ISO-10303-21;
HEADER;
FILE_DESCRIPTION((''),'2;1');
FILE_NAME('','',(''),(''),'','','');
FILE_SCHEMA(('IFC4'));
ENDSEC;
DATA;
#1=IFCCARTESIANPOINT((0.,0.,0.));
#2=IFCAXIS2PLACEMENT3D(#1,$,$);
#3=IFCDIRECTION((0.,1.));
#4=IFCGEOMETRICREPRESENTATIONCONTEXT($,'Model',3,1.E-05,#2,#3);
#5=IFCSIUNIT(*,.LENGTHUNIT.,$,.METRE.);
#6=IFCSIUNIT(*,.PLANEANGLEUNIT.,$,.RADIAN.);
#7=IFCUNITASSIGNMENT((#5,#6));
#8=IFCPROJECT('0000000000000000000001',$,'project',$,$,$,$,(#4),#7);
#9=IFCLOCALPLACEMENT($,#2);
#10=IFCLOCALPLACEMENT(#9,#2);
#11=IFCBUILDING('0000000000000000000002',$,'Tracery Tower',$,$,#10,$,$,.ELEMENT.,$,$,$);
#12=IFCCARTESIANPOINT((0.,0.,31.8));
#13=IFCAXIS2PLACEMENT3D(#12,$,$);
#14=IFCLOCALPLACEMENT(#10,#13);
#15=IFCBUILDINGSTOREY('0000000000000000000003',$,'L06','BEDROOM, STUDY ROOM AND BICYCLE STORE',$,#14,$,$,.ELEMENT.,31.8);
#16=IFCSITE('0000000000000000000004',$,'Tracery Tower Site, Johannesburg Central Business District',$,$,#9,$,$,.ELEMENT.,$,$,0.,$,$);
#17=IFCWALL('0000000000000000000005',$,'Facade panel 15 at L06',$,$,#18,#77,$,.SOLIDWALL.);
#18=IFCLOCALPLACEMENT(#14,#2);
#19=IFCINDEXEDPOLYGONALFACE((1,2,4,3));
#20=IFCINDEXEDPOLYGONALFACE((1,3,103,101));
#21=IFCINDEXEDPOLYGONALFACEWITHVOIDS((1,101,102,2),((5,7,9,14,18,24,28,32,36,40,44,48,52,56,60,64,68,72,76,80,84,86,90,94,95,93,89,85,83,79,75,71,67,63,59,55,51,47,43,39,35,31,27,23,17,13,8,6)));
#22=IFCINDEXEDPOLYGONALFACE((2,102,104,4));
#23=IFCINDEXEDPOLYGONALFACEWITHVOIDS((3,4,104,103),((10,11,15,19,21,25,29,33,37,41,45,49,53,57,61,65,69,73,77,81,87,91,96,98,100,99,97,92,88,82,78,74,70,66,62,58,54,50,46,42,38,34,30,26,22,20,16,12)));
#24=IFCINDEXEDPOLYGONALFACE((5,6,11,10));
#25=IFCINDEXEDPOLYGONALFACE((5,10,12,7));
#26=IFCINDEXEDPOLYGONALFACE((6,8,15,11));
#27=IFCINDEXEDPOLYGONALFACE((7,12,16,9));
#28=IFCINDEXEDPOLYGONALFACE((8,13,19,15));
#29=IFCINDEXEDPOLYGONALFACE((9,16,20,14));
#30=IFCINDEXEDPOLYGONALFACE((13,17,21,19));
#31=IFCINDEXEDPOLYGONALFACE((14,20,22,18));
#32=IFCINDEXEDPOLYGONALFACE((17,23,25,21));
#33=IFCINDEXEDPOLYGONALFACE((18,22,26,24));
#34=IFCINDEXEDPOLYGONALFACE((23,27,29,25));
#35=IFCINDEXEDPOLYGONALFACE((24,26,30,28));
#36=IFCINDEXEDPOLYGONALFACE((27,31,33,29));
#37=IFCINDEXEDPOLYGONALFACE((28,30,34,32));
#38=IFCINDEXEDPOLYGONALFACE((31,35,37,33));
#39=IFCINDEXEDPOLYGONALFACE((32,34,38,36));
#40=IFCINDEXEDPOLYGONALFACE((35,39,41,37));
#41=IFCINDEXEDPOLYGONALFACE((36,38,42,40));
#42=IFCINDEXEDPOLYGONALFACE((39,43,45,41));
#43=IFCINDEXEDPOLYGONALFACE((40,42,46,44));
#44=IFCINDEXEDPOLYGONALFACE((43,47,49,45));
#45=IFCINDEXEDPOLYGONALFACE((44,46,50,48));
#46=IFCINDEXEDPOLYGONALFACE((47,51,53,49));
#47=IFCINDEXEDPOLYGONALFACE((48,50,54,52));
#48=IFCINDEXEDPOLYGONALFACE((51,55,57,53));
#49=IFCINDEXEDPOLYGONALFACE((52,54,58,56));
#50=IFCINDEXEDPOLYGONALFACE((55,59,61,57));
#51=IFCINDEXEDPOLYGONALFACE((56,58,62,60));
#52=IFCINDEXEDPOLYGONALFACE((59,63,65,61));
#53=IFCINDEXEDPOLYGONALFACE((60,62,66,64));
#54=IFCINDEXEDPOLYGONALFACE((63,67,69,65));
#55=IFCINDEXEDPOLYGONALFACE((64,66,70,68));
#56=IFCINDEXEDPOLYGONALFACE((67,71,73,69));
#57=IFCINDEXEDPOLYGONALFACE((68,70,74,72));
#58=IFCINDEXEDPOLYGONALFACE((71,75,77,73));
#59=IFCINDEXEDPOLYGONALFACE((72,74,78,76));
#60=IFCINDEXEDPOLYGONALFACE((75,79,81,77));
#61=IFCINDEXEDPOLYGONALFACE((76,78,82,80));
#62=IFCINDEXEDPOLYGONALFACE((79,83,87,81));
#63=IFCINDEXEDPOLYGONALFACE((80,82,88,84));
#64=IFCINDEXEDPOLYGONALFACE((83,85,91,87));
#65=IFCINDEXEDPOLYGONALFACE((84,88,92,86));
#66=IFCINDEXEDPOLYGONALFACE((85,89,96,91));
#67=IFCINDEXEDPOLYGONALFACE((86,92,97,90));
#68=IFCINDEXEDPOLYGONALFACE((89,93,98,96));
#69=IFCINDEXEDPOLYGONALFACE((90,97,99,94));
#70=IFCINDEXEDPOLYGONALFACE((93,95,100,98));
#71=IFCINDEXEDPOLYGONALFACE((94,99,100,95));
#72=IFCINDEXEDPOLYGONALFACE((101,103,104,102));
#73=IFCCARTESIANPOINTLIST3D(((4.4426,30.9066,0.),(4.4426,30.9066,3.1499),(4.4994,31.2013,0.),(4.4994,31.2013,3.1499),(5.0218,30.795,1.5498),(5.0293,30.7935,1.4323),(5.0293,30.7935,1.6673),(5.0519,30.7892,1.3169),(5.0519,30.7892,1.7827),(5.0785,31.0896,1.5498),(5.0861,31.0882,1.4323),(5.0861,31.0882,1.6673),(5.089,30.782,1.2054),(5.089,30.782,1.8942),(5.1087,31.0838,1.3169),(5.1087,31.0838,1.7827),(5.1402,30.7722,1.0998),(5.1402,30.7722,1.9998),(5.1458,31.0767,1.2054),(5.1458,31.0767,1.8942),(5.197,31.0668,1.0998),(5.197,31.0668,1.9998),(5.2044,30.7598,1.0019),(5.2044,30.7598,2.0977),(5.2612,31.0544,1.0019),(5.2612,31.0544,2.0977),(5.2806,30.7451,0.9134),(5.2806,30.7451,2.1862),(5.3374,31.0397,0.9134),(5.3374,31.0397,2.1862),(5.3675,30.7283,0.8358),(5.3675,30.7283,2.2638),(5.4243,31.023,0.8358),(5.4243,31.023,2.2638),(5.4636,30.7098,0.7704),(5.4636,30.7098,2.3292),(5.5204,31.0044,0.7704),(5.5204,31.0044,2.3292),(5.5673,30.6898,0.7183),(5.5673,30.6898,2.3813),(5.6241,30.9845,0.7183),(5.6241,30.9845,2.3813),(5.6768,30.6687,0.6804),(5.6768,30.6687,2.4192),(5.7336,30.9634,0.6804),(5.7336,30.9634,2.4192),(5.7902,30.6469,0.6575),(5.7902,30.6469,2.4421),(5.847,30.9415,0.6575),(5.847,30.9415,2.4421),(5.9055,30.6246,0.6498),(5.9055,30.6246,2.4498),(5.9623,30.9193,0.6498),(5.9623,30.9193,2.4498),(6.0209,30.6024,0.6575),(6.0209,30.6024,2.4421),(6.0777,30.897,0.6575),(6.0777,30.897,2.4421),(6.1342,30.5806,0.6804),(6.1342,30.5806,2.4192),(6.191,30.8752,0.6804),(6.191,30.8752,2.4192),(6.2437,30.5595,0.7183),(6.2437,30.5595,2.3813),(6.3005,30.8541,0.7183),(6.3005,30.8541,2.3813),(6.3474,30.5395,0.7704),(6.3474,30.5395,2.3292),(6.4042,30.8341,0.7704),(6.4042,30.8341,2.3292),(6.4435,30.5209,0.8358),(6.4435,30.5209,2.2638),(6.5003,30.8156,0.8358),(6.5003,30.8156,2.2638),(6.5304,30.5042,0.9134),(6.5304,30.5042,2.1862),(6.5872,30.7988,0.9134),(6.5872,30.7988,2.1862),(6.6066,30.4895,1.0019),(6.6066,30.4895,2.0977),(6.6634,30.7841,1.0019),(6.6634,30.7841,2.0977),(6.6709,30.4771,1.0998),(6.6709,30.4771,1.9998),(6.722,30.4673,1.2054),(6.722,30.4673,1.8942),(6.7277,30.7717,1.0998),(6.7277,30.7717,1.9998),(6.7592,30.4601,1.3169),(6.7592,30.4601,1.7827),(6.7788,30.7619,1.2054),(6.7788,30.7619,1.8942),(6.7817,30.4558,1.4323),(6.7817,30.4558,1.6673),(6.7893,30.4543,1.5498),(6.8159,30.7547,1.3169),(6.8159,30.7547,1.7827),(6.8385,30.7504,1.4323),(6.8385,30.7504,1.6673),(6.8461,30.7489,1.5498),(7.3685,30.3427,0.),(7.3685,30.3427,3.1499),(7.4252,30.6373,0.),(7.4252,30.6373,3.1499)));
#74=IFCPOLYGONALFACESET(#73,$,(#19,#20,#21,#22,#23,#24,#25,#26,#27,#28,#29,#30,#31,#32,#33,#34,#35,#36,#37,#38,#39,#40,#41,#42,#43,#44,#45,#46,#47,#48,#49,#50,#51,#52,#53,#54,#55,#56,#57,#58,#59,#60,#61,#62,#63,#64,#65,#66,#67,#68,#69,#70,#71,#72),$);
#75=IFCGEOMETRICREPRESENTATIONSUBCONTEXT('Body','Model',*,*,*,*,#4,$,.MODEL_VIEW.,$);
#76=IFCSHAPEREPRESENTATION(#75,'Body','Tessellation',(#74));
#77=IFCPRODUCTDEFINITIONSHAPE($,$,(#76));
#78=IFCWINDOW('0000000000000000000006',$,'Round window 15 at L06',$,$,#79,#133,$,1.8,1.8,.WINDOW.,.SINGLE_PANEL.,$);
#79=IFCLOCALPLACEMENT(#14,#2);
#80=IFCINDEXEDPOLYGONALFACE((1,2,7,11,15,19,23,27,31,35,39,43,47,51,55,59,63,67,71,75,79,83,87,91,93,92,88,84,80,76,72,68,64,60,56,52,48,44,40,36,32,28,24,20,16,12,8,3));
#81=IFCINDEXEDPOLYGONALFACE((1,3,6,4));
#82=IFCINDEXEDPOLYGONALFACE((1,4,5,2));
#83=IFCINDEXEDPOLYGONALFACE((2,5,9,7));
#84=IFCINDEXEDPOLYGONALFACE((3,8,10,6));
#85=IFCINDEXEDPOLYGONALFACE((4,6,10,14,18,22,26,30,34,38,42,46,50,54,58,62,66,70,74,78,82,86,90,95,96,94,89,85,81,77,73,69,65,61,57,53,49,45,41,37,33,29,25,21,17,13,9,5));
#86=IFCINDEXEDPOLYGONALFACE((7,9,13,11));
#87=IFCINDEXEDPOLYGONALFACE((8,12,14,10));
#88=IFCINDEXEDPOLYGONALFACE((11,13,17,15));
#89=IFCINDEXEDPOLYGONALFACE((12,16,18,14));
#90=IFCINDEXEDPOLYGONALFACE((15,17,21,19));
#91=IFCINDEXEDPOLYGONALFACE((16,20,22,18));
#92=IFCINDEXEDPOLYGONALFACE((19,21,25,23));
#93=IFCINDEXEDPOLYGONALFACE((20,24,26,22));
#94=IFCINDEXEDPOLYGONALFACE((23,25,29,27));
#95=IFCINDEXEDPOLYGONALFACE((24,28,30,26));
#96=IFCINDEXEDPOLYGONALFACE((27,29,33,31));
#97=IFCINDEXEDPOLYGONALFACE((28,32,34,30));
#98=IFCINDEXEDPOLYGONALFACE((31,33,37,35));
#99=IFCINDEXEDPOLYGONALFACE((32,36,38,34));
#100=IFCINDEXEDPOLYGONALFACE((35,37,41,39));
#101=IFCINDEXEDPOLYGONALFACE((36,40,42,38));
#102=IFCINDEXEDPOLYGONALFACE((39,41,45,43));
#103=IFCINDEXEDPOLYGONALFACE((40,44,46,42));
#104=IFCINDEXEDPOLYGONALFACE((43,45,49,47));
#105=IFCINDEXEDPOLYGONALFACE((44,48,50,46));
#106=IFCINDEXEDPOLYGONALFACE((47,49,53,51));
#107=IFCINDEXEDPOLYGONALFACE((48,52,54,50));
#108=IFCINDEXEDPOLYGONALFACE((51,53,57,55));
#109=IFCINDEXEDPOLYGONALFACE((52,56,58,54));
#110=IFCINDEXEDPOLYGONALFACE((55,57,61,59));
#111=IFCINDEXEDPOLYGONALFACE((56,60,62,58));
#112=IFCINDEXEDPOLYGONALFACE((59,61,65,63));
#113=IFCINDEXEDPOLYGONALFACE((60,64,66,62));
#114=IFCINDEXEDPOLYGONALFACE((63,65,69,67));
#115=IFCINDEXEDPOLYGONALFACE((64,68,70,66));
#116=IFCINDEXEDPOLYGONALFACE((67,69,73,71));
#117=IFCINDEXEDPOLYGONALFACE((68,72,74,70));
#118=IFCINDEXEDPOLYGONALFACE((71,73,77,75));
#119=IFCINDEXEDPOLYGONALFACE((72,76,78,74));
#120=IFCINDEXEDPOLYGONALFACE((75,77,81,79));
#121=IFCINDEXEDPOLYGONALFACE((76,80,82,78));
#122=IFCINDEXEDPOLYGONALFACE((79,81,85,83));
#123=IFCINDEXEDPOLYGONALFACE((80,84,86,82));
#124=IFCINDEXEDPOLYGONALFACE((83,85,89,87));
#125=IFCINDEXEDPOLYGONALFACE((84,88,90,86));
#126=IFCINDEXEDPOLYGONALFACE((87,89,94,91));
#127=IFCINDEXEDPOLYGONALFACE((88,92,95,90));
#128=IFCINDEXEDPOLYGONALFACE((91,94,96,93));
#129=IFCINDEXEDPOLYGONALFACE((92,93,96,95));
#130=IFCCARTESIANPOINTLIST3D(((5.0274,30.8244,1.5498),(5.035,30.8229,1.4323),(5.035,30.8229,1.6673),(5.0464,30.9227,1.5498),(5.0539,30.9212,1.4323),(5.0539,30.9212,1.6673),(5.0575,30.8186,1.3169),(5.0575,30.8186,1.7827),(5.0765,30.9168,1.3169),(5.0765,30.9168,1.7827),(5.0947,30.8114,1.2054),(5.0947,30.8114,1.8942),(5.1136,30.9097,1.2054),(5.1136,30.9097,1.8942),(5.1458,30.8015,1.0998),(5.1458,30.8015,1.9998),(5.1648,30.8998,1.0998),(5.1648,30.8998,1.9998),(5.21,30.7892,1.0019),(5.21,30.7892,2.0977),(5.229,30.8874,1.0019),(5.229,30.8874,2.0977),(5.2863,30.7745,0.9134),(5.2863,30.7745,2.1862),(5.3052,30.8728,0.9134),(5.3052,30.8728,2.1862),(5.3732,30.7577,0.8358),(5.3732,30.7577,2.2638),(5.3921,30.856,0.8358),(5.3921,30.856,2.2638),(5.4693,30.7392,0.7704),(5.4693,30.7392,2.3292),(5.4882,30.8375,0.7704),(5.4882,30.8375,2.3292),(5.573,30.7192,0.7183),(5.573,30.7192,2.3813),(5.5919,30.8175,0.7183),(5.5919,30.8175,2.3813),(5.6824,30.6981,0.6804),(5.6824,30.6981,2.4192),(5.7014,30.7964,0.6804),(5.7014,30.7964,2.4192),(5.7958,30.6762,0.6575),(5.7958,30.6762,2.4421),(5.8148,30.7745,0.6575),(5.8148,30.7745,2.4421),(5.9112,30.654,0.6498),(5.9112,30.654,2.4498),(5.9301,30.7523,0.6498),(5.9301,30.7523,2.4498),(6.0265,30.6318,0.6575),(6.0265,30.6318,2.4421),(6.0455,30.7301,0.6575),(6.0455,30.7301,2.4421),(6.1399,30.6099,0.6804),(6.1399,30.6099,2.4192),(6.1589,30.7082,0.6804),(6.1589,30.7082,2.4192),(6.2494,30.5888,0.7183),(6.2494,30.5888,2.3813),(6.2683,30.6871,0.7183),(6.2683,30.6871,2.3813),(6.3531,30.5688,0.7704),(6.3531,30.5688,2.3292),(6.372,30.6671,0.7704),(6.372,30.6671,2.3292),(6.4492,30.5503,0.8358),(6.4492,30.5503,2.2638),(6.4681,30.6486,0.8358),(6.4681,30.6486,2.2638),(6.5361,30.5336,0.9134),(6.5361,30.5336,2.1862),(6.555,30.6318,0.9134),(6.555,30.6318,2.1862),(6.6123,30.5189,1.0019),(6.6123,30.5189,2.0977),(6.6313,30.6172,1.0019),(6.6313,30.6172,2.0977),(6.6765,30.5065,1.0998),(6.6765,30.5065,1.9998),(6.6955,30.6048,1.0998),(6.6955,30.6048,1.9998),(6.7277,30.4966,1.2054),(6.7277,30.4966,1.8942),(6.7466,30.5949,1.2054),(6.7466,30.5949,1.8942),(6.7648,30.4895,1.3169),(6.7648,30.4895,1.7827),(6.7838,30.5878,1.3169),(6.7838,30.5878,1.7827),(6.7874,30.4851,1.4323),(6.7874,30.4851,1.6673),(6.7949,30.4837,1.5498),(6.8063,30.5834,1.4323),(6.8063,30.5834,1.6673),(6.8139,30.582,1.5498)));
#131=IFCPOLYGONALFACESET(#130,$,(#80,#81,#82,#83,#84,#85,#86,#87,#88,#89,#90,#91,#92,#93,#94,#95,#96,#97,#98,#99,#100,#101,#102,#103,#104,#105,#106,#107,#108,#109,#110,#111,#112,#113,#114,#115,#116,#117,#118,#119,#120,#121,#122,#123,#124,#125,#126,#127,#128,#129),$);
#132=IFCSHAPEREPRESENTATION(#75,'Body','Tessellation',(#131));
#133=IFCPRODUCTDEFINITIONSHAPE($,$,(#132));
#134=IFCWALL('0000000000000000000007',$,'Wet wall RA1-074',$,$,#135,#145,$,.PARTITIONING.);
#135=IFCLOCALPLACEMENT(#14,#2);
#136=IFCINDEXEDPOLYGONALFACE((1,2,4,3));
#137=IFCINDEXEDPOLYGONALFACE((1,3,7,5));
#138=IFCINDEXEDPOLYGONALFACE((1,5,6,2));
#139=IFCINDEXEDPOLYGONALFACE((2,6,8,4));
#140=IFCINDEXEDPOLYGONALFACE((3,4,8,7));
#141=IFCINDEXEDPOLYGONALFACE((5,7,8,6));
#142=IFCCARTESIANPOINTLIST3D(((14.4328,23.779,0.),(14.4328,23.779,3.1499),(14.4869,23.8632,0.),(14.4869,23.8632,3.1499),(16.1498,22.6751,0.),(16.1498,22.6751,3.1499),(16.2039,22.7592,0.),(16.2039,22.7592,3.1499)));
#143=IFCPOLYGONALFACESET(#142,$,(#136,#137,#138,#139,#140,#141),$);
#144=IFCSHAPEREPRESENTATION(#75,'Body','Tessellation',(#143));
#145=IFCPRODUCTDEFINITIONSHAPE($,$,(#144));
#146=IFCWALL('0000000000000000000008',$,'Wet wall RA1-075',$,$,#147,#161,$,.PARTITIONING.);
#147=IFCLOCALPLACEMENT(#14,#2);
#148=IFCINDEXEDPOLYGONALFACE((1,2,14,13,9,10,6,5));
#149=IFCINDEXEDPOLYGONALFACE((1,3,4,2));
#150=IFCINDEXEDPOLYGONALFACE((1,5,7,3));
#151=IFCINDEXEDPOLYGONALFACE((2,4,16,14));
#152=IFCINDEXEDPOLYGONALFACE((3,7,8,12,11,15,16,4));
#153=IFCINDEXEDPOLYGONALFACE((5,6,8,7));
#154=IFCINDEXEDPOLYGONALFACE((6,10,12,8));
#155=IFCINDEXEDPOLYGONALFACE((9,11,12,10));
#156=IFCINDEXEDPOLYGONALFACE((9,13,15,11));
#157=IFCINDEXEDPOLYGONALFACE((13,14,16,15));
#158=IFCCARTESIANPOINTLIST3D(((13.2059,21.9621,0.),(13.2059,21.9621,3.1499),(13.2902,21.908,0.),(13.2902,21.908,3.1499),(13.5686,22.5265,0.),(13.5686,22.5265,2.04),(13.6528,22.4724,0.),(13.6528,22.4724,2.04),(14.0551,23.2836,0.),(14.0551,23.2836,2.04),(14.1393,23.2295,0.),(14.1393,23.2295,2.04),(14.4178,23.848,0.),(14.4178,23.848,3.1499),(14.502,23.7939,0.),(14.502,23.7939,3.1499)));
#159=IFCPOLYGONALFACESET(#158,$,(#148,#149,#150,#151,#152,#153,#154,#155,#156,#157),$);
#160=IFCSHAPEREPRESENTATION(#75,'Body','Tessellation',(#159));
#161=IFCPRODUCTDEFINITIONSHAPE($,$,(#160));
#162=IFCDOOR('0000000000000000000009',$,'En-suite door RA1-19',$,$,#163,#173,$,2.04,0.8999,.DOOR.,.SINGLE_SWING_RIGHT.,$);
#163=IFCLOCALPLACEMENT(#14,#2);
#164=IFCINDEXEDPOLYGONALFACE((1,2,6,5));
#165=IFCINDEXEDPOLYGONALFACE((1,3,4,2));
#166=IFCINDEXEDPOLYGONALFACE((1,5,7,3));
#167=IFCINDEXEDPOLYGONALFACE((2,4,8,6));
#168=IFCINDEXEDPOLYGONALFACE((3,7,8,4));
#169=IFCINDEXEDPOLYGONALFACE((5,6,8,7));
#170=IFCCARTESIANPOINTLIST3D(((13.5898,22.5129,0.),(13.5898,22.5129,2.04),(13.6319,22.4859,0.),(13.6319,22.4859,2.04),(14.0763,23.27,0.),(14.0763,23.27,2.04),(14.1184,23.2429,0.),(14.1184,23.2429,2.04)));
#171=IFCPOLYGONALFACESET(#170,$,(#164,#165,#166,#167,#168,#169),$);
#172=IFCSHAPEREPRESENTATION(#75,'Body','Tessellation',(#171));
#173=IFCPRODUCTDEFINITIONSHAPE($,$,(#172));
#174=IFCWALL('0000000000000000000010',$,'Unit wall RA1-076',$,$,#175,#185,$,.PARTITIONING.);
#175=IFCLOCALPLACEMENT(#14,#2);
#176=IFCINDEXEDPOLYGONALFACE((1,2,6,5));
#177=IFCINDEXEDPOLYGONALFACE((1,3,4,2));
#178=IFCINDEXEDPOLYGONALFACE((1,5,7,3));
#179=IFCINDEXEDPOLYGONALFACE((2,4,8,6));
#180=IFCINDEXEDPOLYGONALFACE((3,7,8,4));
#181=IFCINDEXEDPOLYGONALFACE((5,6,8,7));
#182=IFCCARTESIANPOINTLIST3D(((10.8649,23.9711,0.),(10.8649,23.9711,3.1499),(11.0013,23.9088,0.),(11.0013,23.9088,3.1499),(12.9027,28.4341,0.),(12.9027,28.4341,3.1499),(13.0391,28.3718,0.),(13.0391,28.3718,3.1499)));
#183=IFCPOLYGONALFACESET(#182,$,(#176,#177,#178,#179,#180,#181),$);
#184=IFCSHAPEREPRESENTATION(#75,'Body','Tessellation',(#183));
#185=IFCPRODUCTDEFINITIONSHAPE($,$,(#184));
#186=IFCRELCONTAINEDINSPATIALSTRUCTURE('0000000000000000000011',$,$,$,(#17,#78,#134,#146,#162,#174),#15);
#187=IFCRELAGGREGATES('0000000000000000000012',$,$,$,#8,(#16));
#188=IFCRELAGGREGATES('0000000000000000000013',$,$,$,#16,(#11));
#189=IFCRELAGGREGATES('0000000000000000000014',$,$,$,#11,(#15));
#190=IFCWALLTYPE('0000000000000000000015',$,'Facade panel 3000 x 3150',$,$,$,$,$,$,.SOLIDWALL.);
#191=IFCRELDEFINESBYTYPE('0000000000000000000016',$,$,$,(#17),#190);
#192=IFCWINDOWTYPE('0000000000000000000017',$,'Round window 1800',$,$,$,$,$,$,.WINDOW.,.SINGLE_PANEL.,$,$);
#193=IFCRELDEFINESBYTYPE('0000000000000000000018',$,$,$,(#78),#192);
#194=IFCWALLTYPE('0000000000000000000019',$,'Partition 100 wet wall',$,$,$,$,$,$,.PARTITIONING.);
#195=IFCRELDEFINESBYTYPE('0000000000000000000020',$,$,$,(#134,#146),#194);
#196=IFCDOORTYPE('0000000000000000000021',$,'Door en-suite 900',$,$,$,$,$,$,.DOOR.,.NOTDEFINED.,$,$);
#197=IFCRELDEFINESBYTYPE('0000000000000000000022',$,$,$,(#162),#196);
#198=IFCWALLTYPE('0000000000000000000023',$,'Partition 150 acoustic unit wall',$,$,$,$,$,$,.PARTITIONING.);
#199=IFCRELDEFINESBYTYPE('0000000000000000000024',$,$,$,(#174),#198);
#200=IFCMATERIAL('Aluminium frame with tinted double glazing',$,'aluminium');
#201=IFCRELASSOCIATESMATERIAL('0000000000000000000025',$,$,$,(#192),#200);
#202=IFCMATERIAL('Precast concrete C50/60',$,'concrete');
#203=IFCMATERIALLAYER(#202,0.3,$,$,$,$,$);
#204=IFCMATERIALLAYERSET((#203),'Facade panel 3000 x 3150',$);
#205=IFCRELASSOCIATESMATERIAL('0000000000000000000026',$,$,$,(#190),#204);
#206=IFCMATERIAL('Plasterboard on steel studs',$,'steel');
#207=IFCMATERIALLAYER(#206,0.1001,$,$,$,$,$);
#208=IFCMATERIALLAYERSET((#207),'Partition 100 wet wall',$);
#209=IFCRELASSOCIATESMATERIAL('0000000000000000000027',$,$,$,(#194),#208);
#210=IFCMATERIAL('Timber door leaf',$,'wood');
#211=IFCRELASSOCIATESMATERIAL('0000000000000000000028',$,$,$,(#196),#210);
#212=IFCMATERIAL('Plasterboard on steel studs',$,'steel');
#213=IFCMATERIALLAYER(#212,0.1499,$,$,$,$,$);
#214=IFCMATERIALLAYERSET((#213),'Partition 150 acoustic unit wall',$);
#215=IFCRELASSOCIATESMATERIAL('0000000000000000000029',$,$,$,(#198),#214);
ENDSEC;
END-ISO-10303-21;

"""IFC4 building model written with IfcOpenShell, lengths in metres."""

from ifc_helpers import new_model, si_unit, direction, frame, frame_2d, origin, origin_2d, place, context, subcontext, project, spatial, rectangle, circle, extrude, material, layer, layer_set, type_object, element, fill, save


model = new_model("IFC4")

# Units and contexts
model_context = context("Model", 3, precision=1e-05, world=origin(), true_north=direction((0.0, 1.0)))
body_context = subcontext(model_context, "Body", "Model", "MODEL_VIEW")
ifc_project = project(units=[si_unit("LENGTHUNIT", "METRE"), si_unit("PLANEANGLEUNIT", "RADIAN")], contexts=[model_context])

# Site, building, storey
site_placement = place(None, origin())
site = spatial("IfcSite", under=ifc_project, at=site_placement, Name="Tracery Tower Site, Johannesburg Central Business District", CompositionType="ELEMENT", RefElevation=0.0)
building_placement = place(site_placement, origin())
building = spatial("IfcBuilding", under=site, at=building_placement, Name="Tracery Tower", CompositionType="ELEMENT")
storey_placement = place(building_placement, frame((0.0, 0.0, 31.8)))
storey = spatial("IfcBuildingStorey", under=building, at=storey_placement, Name="L06", Description="BEDROOM, STUDY ROOM AND BICYCLE STORE", CompositionType="ELEMENT", Elevation=31.8)

# Wall, opening, window
ifc_material_1 = material(Name="Aluminium frame with tinted double glazing", Category="aluminium")
window_type = type_object("IfcWindowType", Name="Round window 1800", PartitioningType="SINGLE_PANEL", PredefinedType="WINDOW", material=ifc_material_1)
ifc_material_2 = material(Name="Precast concrete C50/60", Category="concrete")
ifc_layer_1 = layer(ifc_material_2, 0.3)
ifc_layer_set_1 = layer_set([ifc_layer_1], Name="Facade panel 3000 x 3150")
wall_type_1 = type_object("IfcWallType", Name="Facade panel 3000 x 3150", PredefinedType="SOLIDWALL", material=ifc_layer_set_1)
wall_1_placement = place(storey_placement, frame((7.3967, 30.49, 0.0), z_axis=(0.0, 0.0, 1.0), x_axis=(-0.981925, 0.189273, 0.0)))
wall_1 = element("IfcWall", 1, at=wall_1_placement, inside=storey, type_object=wall_type_1, Name="Facade panel 15 at L06", PredefinedType="SOLIDWALL", context=body_context, shape_type="SweptSolid", body=[
    extrude(rectangle(XDim=2.9797, YDim=0.3, at=frame_2d((1.4897, 0.0))), origin(), (0.0, 0.0, 1.0), 3.1499),
])
opening_1_placement = place(wall_1_placement, frame((1.4897, 0.0, 1.5498)))
opening_1 = element("IfcOpeningElement", 2, at=opening_1_placement, cuts=wall_1, PredefinedType="OPENING", context=body_context, shape_type="SweptSolid", body=[
    extrude(circle(Radius=0.9, at=origin_2d()), frame((0.0, 0.1599, 0.0), z_axis=(0.0, -1.0, 0.0), x_axis=(1.0, 0.0, 0.0)), (0.0, 0.0, 1.0), 0.3201),
])
window_1_placement = place(opening_1_placement, origin())
window_1 = element("IfcWindow", 3, at=window_1_placement, inside=storey, type_object=window_type, Name="Round window 15 at L06", OverallHeight=1.8, OverallWidth=1.8, PartitioningType="SINGLE_PANEL", PredefinedType="WINDOW", context=body_context, shape_type="SweptSolid", body=[
    extrude(circle(Radius=0.9, at=origin_2d()), frame((0.0, 0.1201, 0.0), z_axis=(0.0, -1.0, 0.0), x_axis=(1.0, 0.0, 0.0)), (0.0, 0.0, 1.0), 0.1001),
])
fill(opening_1, window_1)

# Wall
ifc_material_3 = material(Name="Plasterboard on steel studs", Category="steel")
ifc_layer_2 = layer(ifc_material_3, 0.1001)
ifc_layer_set_2 = layer_set([ifc_layer_2], Name="Partition 100 wet wall")
wall_type_2 = type_object("IfcWallType", Name="Partition 100 wet wall", PredefinedType="PARTITIONING", material=ifc_layer_set_2)
wall_2_placement = place(storey_placement, frame((14.46, 23.821, 0.0), z_axis=(0.0, 0.0, 1.0), x_axis=(0.841136, -0.540824, 0.0)))
element("IfcWall", 4, at=wall_2_placement, inside=storey, type_object=wall_type_2, Name="Wet wall RA1-074", PredefinedType="PARTITIONING", context=body_context, shape_type="SweptSolid", body=[
    extrude(rectangle(XDim=2.0413, YDim=0.1001, at=frame_2d((1.0205, 0.0))), origin(), (0.0, 0.0, 1.0), 3.1499),
])

# Wall, opening, door
wall_3_placement = place(storey_placement, frame((13.248, 21.9351, 0.0), z_axis=(0.0, 0.0, 1.0), x_axis=(0.540598, 0.841281, 0.0)))
wall_3 = element("IfcWall", 5, at=wall_3_placement, inside=storey, type_object=wall_type_2, Name="Wet wall RA1-075", PredefinedType="PARTITIONING", context=body_context, shape_type="SweptSolid", body=[
    extrude(rectangle(XDim=2.2417, YDim=0.1001, at=frame_2d((1.1208, 0.0))), origin(), (0.0, 0.0, 1.0), 3.1499),
])
opening_2_placement = place(wall_3_placement, frame((0.6709, 0.0, 0.0)))
opening_2 = element("IfcOpeningElement", 6, at=opening_2_placement, cuts=wall_3, PredefinedType="OPENING", context=body_context, shape_type="SweptSolid", body=[
    extrude(rectangle(XDim=0.8999, YDim=2.04, at=frame_2d((0.45, 1.02))), frame((0.0, 0.05, 0.0), z_axis=(0.0, -1.0, 0.0), x_axis=(1.0, 0.0, 0.0)), (0.0, 0.0, 1.0), 0.1001),
])
ifc_material_4 = material(Name="Timber door leaf", Category="wood")
door_type_1 = type_object("IfcDoorType", Name="Door en-suite 900", OperationType="NOTDEFINED", PredefinedType="DOOR", material=ifc_material_4)
door_1_placement = place(opening_2_placement, origin())
door_1 = element("IfcDoor", 7, at=door_1_placement, inside=storey, type_object=door_type_1, Name="En-suite door RA1-19", OperationType="SINGLE_SWING_RIGHT", OverallHeight=2.04, OverallWidth=0.8999, PredefinedType="DOOR", context=body_context, shape_type="SweptSolid", body=[
    extrude(rectangle(XDim=0.8999, YDim=2.04, at=frame_2d((0.45, 1.02))), frame((0.0, 0.0249, 0.0), z_axis=(0.0, -1.0, 0.0), x_axis=(1.0, 0.0, 0.0)), (0.0, 0.0, 1.0), 0.05),
])
fill(opening_2, door_1)

# Wall
ifc_material_5 = material(Name="Plasterboard on steel studs", Category="steel")
ifc_layer_3 = layer(ifc_material_5, 0.1499)
ifc_layer_set_3 = layer_set([ifc_layer_3], Name="Partition 150 acoustic unit wall")
wall_type_3 = type_object("IfcWallType", Name="Partition 150 acoustic unit wall", PredefinedType="PARTITIONING", material=ifc_layer_set_3)
wall_4_placement = place(storey_placement, frame((10.9331, 23.9399, 0.0), z_axis=(0.0, 0.0, 1.0), x_axis=(0.415347, 0.909663, 0.0)))
element("IfcWall", 8, at=wall_4_placement, inside=storey, type_object=wall_type_3, Name="Unit wall RA1-076", PredefinedType="PARTITIONING", context=body_context, shape_type="SweptSolid", body=[
    extrude(rectangle(XDim=4.9062, YDim=0.1499, at=frame_2d((2.4531, 0.0))), origin(), (0.0, 0.0, 1.0), 3.1499),
])

save(model, "model.ifc")
